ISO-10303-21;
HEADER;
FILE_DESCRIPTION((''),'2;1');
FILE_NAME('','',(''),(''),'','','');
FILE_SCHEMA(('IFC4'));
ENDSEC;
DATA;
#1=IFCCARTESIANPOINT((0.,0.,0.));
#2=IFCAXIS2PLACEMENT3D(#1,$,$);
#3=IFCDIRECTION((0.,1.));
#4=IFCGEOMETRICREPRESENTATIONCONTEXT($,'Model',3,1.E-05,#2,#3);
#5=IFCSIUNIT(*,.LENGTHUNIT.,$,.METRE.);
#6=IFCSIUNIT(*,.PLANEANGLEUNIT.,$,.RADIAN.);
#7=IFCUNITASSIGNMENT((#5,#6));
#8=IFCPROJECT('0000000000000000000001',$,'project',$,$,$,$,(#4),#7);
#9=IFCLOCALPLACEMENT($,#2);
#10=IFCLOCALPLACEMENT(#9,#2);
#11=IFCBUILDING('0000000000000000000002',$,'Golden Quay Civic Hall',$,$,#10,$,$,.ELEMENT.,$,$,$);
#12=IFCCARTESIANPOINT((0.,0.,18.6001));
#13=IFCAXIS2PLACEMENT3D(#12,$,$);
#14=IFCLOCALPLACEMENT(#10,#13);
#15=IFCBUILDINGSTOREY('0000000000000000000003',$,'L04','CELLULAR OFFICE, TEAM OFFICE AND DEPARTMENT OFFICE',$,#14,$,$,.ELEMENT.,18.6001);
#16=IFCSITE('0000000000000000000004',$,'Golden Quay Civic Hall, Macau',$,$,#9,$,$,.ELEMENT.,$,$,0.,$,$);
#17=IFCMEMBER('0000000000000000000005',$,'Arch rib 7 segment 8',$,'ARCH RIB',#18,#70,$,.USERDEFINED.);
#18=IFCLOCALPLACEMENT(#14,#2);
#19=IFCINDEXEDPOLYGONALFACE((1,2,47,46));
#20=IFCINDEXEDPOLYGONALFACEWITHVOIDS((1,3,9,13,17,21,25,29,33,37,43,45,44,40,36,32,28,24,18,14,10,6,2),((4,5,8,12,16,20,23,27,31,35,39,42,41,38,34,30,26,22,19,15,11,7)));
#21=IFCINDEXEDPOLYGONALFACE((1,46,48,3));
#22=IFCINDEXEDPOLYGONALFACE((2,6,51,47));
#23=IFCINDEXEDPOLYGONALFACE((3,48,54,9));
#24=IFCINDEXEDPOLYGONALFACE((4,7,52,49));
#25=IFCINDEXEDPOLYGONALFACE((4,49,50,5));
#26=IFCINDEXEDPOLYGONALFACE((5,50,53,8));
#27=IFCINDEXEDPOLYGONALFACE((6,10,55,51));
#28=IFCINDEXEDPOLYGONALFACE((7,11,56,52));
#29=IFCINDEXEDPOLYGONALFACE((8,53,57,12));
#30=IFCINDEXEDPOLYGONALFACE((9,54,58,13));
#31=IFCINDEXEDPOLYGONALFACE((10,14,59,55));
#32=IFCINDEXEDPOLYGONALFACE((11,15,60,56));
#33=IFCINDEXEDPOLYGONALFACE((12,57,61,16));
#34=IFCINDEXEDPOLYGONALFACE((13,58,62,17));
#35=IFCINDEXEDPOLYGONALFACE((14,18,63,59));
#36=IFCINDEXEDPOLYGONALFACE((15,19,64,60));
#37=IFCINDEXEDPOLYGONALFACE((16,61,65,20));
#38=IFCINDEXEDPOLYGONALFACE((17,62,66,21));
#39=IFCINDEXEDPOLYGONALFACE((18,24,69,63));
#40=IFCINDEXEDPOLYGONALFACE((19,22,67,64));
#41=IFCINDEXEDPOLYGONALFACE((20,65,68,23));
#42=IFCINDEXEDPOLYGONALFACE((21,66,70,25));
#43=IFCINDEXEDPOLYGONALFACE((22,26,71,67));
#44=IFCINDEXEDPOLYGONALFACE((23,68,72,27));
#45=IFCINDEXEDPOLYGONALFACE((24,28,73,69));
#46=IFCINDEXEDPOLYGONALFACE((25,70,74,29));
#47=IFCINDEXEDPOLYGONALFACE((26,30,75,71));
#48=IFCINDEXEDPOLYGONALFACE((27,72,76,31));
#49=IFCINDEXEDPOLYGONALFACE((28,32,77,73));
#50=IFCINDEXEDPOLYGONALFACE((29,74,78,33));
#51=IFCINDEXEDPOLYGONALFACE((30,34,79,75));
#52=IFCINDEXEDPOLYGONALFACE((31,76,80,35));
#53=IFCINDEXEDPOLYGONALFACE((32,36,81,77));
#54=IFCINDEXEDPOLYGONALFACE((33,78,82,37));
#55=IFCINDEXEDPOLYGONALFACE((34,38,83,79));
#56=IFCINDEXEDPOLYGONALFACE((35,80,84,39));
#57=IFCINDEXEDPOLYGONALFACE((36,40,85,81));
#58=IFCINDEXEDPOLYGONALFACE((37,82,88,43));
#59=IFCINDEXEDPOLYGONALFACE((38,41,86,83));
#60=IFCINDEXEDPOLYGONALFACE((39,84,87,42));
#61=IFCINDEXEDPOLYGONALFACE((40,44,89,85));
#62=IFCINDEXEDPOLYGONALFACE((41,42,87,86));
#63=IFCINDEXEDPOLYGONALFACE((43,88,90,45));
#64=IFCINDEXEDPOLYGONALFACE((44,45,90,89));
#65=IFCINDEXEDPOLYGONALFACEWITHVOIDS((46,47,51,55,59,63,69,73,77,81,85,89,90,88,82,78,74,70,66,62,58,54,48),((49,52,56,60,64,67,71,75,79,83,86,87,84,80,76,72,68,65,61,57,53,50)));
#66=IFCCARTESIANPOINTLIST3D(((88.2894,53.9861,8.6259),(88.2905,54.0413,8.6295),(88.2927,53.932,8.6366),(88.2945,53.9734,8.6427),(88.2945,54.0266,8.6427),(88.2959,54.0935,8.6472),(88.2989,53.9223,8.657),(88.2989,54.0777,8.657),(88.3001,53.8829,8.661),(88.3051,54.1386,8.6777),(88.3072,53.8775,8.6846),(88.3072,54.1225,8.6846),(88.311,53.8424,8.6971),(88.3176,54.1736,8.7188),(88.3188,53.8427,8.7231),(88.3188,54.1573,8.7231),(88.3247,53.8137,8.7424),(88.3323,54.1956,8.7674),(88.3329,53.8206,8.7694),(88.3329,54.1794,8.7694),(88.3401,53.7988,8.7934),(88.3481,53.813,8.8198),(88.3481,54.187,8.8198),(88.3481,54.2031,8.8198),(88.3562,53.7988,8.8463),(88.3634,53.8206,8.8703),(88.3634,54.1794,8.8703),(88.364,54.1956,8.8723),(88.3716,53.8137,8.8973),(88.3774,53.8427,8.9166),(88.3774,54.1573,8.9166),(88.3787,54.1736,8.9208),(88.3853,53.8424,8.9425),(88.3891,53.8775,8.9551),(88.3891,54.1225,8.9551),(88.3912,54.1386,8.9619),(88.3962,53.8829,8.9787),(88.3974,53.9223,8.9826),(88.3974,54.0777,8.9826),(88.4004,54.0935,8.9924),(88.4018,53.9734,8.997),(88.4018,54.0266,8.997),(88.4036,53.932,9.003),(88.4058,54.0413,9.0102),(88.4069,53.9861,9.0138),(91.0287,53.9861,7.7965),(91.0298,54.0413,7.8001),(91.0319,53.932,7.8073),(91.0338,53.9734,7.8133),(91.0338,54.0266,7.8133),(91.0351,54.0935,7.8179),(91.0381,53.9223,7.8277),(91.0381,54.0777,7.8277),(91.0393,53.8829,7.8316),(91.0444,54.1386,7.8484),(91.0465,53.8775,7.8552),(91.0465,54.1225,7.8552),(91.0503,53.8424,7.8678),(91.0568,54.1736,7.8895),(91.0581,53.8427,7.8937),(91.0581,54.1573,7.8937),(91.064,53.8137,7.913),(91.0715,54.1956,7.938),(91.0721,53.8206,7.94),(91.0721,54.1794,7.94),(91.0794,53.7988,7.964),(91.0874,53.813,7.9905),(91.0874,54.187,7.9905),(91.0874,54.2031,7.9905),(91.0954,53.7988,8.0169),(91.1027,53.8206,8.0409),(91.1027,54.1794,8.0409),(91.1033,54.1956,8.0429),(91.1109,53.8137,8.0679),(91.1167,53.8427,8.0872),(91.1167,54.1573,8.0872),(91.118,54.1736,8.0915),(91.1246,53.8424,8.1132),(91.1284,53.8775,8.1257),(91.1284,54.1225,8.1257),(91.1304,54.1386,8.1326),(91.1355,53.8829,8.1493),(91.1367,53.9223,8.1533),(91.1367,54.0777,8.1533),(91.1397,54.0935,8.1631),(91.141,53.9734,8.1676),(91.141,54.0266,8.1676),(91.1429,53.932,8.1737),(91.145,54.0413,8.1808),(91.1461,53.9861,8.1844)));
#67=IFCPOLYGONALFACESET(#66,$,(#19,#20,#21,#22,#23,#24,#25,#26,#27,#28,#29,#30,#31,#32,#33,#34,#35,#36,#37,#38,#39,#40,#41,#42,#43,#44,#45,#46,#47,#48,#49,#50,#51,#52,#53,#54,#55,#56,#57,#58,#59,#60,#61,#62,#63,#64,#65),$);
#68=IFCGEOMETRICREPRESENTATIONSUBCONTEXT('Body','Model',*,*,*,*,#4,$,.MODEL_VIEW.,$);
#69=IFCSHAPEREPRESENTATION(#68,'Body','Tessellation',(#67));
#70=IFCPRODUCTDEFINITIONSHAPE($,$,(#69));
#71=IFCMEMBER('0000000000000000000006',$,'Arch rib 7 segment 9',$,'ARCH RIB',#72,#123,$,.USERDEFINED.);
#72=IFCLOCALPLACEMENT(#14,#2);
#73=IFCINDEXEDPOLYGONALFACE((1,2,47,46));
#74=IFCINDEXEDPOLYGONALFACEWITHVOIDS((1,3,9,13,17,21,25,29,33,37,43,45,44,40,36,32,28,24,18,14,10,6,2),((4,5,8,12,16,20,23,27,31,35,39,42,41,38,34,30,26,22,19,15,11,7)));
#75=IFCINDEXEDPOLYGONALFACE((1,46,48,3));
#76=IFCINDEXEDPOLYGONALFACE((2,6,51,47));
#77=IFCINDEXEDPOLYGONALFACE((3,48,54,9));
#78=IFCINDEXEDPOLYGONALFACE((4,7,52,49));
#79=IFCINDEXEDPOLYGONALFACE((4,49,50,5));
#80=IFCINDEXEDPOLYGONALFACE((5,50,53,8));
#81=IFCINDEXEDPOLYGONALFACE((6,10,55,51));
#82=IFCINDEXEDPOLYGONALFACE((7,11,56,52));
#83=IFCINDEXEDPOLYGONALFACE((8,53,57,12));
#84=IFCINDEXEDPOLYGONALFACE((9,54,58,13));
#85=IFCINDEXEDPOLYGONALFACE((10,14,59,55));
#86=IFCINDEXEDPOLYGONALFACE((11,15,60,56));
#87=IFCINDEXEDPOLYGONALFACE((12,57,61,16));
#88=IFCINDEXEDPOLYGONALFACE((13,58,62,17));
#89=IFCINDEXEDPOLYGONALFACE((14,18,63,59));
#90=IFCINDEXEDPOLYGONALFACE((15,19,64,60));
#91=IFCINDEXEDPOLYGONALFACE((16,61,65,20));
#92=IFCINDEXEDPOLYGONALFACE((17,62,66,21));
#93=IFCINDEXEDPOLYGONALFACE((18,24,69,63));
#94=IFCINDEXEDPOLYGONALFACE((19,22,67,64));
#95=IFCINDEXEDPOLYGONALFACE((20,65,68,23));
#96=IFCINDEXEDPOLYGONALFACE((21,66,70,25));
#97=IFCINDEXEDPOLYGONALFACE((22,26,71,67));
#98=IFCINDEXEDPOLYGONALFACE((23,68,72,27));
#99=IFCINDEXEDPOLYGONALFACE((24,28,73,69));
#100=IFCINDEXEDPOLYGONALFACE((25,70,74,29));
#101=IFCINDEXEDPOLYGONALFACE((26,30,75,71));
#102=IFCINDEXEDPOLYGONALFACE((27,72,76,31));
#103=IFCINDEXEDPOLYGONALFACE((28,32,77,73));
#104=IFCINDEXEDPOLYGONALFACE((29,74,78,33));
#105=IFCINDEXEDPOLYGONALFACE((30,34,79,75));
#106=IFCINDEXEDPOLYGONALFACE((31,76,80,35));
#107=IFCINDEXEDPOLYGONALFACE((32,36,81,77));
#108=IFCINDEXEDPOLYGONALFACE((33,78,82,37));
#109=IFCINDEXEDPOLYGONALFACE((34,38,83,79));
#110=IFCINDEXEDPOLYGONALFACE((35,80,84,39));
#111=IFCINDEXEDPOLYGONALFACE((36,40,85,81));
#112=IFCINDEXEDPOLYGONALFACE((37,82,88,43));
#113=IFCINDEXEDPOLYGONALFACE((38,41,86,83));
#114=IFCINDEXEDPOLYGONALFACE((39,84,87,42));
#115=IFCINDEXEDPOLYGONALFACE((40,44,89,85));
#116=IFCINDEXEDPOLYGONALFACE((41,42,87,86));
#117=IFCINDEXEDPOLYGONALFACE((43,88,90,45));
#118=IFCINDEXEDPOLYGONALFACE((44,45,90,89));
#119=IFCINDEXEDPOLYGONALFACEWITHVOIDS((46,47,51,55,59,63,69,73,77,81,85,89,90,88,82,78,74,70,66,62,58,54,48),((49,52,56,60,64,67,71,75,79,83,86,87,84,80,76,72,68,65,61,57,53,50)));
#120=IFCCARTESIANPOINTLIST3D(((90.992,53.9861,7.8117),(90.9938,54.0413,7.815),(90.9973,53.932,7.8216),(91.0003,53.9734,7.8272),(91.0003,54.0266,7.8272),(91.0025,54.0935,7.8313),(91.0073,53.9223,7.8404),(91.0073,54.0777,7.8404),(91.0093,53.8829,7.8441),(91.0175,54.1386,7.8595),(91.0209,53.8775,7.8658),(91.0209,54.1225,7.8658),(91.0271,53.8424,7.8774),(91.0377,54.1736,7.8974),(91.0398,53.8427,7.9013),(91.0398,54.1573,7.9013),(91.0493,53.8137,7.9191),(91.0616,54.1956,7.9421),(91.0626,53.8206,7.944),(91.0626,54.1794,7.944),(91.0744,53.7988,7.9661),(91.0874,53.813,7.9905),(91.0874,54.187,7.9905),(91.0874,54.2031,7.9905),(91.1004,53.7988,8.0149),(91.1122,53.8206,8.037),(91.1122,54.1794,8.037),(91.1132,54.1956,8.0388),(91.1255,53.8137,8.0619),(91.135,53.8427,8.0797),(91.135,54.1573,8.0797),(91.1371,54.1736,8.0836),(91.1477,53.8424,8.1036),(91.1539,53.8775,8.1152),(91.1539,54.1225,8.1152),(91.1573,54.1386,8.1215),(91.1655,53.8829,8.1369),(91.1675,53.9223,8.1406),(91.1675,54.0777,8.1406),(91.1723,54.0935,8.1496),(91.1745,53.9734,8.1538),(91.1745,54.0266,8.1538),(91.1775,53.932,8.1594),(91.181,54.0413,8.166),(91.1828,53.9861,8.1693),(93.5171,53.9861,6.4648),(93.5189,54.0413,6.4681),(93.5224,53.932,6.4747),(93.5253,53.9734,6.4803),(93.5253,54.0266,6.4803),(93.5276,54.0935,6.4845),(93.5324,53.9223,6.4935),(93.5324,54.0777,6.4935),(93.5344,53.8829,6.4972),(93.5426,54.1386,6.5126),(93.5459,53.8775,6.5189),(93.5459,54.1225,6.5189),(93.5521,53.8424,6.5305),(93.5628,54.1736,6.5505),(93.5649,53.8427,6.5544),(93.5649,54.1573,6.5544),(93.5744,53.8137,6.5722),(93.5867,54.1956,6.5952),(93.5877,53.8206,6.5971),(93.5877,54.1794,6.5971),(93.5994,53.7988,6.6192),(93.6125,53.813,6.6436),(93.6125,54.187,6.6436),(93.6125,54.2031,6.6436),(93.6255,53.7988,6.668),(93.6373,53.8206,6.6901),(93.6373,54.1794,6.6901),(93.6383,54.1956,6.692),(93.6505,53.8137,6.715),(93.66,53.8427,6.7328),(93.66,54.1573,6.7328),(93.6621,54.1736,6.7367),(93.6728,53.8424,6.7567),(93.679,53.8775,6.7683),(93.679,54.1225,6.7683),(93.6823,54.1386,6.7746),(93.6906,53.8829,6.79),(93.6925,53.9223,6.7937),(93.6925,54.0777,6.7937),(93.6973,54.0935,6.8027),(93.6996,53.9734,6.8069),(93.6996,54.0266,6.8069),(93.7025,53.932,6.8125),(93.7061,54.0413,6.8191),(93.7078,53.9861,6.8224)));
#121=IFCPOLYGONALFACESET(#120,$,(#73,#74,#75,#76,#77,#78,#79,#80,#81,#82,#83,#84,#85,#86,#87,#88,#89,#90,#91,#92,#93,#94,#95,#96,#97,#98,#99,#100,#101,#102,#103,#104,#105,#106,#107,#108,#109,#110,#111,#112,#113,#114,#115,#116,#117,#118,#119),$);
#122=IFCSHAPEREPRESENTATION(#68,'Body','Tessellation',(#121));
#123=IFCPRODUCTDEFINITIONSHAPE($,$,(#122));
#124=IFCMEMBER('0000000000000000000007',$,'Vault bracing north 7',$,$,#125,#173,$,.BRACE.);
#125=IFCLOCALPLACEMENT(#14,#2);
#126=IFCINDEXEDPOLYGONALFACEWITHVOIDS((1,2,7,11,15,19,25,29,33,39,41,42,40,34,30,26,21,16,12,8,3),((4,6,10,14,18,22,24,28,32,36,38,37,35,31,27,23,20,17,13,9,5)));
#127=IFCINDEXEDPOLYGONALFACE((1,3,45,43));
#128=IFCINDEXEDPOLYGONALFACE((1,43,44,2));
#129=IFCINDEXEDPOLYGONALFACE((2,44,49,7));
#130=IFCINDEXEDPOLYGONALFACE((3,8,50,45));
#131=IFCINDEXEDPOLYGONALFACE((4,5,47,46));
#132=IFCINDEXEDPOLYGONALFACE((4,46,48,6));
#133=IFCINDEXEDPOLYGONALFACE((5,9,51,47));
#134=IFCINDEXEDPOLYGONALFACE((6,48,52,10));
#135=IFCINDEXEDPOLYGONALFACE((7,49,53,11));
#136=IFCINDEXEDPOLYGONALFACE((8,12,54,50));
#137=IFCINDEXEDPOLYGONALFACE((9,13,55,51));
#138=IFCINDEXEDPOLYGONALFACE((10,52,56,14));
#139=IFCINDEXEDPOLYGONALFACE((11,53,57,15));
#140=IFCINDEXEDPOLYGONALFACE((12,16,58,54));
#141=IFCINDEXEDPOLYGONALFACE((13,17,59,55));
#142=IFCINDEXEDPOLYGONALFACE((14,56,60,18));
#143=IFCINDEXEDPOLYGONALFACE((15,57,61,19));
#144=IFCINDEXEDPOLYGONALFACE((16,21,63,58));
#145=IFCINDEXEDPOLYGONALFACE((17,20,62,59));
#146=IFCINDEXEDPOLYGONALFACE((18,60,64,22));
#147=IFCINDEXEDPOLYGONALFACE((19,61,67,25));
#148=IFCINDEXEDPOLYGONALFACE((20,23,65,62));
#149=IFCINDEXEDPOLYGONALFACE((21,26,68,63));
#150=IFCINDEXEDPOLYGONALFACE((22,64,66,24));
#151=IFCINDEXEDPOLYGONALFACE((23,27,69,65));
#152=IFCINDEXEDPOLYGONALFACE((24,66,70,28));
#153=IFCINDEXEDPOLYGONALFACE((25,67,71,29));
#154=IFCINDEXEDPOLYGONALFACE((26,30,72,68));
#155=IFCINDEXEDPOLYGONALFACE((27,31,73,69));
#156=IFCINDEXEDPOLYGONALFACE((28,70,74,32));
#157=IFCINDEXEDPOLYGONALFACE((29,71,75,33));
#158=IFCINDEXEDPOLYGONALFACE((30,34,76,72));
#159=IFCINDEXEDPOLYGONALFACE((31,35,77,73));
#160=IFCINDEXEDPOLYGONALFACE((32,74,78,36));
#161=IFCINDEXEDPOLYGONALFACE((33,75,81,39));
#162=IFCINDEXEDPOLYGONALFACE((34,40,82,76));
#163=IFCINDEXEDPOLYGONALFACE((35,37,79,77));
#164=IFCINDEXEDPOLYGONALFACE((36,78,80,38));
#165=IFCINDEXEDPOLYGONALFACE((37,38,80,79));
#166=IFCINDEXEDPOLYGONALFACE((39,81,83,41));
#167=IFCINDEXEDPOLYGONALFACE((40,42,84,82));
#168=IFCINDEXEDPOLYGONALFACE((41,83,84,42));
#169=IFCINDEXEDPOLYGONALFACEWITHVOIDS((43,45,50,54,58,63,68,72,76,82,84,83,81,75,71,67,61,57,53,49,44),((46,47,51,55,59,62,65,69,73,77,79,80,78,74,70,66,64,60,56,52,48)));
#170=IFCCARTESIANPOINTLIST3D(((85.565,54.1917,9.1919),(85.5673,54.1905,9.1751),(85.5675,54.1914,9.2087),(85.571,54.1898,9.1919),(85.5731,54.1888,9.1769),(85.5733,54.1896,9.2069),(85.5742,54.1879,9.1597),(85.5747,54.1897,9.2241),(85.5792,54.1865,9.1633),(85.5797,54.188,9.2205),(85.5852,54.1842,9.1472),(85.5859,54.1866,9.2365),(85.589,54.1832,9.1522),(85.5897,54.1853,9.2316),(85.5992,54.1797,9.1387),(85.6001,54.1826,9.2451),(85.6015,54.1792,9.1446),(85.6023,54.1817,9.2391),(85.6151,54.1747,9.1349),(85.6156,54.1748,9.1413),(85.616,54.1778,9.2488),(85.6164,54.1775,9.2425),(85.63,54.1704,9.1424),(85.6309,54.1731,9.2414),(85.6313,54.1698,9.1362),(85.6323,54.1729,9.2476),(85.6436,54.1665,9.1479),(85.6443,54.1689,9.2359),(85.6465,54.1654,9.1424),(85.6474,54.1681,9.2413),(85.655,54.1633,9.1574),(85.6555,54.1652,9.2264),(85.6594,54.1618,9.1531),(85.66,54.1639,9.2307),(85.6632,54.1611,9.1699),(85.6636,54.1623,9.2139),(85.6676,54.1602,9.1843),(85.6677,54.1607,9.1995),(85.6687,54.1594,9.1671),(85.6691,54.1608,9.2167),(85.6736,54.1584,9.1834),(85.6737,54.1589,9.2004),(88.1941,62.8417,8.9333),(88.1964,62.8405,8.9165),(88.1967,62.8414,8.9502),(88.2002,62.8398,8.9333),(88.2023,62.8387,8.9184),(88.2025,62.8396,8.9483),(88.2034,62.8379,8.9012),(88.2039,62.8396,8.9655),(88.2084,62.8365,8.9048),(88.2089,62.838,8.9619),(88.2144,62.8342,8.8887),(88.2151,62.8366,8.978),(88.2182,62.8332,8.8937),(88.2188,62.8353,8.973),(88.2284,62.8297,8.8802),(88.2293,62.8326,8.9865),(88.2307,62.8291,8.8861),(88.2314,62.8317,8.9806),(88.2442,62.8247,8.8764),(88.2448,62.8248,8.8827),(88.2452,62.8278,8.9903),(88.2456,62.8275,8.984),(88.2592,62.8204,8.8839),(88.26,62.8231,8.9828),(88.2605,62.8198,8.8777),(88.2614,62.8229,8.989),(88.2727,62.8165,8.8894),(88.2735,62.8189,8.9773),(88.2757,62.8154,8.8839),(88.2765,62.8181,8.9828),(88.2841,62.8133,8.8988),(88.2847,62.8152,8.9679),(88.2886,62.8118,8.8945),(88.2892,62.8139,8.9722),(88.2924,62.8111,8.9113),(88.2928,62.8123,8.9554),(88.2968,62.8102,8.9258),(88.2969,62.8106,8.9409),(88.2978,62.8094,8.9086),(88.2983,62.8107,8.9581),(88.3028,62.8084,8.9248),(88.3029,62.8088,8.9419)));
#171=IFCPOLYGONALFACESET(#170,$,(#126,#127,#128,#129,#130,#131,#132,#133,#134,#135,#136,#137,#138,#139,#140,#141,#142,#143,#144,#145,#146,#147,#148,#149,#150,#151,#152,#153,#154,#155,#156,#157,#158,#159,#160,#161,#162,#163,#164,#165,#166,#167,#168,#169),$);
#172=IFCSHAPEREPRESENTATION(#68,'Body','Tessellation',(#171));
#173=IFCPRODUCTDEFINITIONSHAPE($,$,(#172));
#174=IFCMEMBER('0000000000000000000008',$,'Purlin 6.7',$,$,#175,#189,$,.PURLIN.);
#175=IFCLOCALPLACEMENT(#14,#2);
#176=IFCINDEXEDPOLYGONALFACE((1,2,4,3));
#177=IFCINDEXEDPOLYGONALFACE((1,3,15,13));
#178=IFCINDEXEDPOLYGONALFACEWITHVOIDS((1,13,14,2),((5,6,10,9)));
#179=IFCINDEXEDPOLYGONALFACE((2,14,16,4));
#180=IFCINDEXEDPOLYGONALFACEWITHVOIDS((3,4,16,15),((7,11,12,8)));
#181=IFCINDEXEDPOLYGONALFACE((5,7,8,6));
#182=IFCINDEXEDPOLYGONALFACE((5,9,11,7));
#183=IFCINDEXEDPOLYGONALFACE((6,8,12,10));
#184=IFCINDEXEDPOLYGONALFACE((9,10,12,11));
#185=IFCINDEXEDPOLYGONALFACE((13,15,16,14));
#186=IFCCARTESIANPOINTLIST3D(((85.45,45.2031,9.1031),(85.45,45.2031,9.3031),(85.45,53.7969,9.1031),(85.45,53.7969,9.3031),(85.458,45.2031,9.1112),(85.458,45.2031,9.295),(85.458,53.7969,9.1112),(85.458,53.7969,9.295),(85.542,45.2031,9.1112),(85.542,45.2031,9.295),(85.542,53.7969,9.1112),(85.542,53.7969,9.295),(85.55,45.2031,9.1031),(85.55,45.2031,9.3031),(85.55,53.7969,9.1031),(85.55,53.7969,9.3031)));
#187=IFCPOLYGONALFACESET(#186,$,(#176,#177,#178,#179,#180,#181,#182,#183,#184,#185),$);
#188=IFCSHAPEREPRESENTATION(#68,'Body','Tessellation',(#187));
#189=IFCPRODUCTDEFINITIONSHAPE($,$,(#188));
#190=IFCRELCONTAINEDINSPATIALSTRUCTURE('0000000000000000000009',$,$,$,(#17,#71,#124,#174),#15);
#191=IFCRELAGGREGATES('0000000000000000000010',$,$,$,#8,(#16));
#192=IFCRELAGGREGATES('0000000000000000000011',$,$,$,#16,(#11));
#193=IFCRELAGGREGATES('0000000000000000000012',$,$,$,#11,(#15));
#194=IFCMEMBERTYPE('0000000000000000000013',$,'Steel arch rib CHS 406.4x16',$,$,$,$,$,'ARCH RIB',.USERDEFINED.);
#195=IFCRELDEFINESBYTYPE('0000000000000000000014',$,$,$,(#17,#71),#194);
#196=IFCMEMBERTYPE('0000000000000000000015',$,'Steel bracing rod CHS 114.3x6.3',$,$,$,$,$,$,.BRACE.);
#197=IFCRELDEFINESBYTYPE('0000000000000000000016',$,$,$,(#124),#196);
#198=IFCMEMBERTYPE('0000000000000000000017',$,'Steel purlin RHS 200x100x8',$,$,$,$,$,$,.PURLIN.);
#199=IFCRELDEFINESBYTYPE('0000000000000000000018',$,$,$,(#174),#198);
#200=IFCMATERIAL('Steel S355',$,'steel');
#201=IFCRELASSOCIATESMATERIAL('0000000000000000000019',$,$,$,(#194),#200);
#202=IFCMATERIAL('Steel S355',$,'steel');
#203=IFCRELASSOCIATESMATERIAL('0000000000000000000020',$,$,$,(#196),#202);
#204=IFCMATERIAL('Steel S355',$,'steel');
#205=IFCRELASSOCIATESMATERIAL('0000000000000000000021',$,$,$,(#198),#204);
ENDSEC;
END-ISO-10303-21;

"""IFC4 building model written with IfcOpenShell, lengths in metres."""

from ifc_helpers import new_model, si_unit, direction, frame, origin, origin_2d, place, context, subcontext, project, spatial, hollow_rectangle, hollow_circle, extrude, material, material_profile, profile_set, type_object, element, save


model = new_model("IFC4")

# Units and contexts
model_context = context("Model", 3, precision=1e-05, world=origin(), true_north=direction((0.0, 1.0)))
body_context = subcontext(model_context, "Body", "Model", "MODEL_VIEW")
ifc_project = project(units=[si_unit("LENGTHUNIT", "METRE"), si_unit("PLANEANGLEUNIT", "RADIAN")], contexts=[model_context])

# Site, building, storey
site_placement = place(None, origin())
site = spatial("IfcSite", under=ifc_project, at=site_placement, Name="Golden Quay Civic Hall, Macau", CompositionType="ELEMENT", RefElevation=0.0)
building_placement = place(site_placement, origin())
building = spatial("IfcBuilding", under=site, at=building_placement, Name="Golden Quay Civic Hall", CompositionType="ELEMENT")
storey_placement = place(building_placement, frame((0.0, 0.0, 18.6001)))
storey = spatial("IfcBuildingStorey", under=building, at=storey_placement, Name="L04", Description="CELLULAR OFFICE, TEAM OFFICE AND DEPARTMENT OFFICE", CompositionType="ELEMENT", Elevation=18.6001)

# Members
ifc_material_1 = material(Name="Steel S355", Category="steel")
ifc_material_profile_1 = material_profile(ifc_material_1, hollow_circle(Radius=0.2031, WallThickness=0.0161, at=origin_2d()), Name="CHS 406.4x16")
ifc_profile_set_1 = profile_set([ifc_material_profile_1], Name="Steel S355")
member_type_1 = type_object("IfcMemberType", Name="Steel arch rib CHS 406.4x16", ElementType="ARCH RIB", PredefinedType="USERDEFINED", material=ifc_profile_set_1)
member_1_placement = place(storey_placement, frame((88.3481, 54.0, 8.8198), z_axis=(0.957095, 0.0, -0.289773), x_axis=(0.0, 1.0, 0.0)))
element("IfcMember", 1, at=member_1_placement, inside=storey, type_object=member_type_1, Name="Arch rib 7 segment 8", ObjectType="ARCH RIB", PredefinedType="USERDEFINED", context=body_context, shape_type="SweptSolid", body=[
    extrude(hollow_circle(Radius=0.2031, WallThickness=0.0161, at=origin_2d()), origin(), (0.0, 0.0, 1.0), 2.8621),
])
member_2_placement = place(storey_placement, frame((91.0874, 54.0, 7.9905), z_axis=(0.882327, 0.0, -0.470637), x_axis=(0.0, 1.0, 0.0)))
element("IfcMember", 2, at=member_2_placement, inside=storey, type_object=member_type_1, Name="Arch rib 7 segment 9", ObjectType="ARCH RIB", PredefinedType="USERDEFINED", context=body_context, shape_type="SweptSolid", body=[
    extrude(hollow_circle(Radius=0.2031, WallThickness=0.0161, at=origin_2d()), origin(), (0.0, 0.0, 1.0), 2.8618),
])
ifc_material_2 = material(Name="Steel S355", Category="steel")
ifc_material_profile_2 = material_profile(ifc_material_2, hollow_circle(Radius=0.0571, WallThickness=0.0063, at=origin_2d()), Name="CHS 114.3x6.3")
ifc_profile_set_2 = profile_set([ifc_material_profile_2], Name="Steel S355")
member_type_2 = type_object("IfcMemberType", Name="Steel bracing rod CHS 114.3x6.3", PredefinedType="BRACE", material=ifc_profile_set_2)
member_3_placement = place(storey_placement, frame((85.6196, 54.175, 9.1919), z_axis=(0.290696, 0.956388, -0.028586), x_axis=(-0.956779, 0.290815, 0.0)))
element("IfcMember", 3, at=member_3_placement, inside=storey, type_object=member_type_2, Name="Vault bracing north 7", PredefinedType="BRACE", context=body_context, shape_type="SweptSolid", body=[
    extrude(hollow_circle(Radius=0.0571, WallThickness=0.0063, at=origin_2d()), origin(), (0.0, 0.0, 1.0), 9.0444),
])
ifc_material_3 = material(Name="Steel S355", Category="steel")
ifc_material_profile_3 = material_profile(ifc_material_3, hollow_rectangle(XDim=0.1001, YDim=0.2, WallThickness=0.0081, at=origin_2d()), Name="RHS 200x100x8")
ifc_profile_set_3 = profile_set([ifc_material_profile_3], Name="Steel S355")
member_type_3 = type_object("IfcMemberType", Name="Steel purlin RHS 200x100x8", PredefinedType="PURLIN", material=ifc_profile_set_3)
for number, where, z_axis, x_axis, name in (
    (4, (85.5, 45.2031, 9.2031), (0.0, 1.0, 0.0), (-1.0, 0.0, 0.0), "Purlin 6.7"),
):
    element("IfcMember", number, at=place(storey_placement, frame(where, z_axis=z_axis, x_axis=x_axis)), inside=storey, type_object=member_type_3, Name=name, PredefinedType="PURLIN", context=body_context, shape_type="SweptSolid", body=[
        extrude(hollow_rectangle(XDim=0.1001, YDim=0.2, WallThickness=0.0081, at=origin_2d()), origin(), (0.0, 0.0, 1.0), 8.5938),
    ])

save(model, "model.ifc")
